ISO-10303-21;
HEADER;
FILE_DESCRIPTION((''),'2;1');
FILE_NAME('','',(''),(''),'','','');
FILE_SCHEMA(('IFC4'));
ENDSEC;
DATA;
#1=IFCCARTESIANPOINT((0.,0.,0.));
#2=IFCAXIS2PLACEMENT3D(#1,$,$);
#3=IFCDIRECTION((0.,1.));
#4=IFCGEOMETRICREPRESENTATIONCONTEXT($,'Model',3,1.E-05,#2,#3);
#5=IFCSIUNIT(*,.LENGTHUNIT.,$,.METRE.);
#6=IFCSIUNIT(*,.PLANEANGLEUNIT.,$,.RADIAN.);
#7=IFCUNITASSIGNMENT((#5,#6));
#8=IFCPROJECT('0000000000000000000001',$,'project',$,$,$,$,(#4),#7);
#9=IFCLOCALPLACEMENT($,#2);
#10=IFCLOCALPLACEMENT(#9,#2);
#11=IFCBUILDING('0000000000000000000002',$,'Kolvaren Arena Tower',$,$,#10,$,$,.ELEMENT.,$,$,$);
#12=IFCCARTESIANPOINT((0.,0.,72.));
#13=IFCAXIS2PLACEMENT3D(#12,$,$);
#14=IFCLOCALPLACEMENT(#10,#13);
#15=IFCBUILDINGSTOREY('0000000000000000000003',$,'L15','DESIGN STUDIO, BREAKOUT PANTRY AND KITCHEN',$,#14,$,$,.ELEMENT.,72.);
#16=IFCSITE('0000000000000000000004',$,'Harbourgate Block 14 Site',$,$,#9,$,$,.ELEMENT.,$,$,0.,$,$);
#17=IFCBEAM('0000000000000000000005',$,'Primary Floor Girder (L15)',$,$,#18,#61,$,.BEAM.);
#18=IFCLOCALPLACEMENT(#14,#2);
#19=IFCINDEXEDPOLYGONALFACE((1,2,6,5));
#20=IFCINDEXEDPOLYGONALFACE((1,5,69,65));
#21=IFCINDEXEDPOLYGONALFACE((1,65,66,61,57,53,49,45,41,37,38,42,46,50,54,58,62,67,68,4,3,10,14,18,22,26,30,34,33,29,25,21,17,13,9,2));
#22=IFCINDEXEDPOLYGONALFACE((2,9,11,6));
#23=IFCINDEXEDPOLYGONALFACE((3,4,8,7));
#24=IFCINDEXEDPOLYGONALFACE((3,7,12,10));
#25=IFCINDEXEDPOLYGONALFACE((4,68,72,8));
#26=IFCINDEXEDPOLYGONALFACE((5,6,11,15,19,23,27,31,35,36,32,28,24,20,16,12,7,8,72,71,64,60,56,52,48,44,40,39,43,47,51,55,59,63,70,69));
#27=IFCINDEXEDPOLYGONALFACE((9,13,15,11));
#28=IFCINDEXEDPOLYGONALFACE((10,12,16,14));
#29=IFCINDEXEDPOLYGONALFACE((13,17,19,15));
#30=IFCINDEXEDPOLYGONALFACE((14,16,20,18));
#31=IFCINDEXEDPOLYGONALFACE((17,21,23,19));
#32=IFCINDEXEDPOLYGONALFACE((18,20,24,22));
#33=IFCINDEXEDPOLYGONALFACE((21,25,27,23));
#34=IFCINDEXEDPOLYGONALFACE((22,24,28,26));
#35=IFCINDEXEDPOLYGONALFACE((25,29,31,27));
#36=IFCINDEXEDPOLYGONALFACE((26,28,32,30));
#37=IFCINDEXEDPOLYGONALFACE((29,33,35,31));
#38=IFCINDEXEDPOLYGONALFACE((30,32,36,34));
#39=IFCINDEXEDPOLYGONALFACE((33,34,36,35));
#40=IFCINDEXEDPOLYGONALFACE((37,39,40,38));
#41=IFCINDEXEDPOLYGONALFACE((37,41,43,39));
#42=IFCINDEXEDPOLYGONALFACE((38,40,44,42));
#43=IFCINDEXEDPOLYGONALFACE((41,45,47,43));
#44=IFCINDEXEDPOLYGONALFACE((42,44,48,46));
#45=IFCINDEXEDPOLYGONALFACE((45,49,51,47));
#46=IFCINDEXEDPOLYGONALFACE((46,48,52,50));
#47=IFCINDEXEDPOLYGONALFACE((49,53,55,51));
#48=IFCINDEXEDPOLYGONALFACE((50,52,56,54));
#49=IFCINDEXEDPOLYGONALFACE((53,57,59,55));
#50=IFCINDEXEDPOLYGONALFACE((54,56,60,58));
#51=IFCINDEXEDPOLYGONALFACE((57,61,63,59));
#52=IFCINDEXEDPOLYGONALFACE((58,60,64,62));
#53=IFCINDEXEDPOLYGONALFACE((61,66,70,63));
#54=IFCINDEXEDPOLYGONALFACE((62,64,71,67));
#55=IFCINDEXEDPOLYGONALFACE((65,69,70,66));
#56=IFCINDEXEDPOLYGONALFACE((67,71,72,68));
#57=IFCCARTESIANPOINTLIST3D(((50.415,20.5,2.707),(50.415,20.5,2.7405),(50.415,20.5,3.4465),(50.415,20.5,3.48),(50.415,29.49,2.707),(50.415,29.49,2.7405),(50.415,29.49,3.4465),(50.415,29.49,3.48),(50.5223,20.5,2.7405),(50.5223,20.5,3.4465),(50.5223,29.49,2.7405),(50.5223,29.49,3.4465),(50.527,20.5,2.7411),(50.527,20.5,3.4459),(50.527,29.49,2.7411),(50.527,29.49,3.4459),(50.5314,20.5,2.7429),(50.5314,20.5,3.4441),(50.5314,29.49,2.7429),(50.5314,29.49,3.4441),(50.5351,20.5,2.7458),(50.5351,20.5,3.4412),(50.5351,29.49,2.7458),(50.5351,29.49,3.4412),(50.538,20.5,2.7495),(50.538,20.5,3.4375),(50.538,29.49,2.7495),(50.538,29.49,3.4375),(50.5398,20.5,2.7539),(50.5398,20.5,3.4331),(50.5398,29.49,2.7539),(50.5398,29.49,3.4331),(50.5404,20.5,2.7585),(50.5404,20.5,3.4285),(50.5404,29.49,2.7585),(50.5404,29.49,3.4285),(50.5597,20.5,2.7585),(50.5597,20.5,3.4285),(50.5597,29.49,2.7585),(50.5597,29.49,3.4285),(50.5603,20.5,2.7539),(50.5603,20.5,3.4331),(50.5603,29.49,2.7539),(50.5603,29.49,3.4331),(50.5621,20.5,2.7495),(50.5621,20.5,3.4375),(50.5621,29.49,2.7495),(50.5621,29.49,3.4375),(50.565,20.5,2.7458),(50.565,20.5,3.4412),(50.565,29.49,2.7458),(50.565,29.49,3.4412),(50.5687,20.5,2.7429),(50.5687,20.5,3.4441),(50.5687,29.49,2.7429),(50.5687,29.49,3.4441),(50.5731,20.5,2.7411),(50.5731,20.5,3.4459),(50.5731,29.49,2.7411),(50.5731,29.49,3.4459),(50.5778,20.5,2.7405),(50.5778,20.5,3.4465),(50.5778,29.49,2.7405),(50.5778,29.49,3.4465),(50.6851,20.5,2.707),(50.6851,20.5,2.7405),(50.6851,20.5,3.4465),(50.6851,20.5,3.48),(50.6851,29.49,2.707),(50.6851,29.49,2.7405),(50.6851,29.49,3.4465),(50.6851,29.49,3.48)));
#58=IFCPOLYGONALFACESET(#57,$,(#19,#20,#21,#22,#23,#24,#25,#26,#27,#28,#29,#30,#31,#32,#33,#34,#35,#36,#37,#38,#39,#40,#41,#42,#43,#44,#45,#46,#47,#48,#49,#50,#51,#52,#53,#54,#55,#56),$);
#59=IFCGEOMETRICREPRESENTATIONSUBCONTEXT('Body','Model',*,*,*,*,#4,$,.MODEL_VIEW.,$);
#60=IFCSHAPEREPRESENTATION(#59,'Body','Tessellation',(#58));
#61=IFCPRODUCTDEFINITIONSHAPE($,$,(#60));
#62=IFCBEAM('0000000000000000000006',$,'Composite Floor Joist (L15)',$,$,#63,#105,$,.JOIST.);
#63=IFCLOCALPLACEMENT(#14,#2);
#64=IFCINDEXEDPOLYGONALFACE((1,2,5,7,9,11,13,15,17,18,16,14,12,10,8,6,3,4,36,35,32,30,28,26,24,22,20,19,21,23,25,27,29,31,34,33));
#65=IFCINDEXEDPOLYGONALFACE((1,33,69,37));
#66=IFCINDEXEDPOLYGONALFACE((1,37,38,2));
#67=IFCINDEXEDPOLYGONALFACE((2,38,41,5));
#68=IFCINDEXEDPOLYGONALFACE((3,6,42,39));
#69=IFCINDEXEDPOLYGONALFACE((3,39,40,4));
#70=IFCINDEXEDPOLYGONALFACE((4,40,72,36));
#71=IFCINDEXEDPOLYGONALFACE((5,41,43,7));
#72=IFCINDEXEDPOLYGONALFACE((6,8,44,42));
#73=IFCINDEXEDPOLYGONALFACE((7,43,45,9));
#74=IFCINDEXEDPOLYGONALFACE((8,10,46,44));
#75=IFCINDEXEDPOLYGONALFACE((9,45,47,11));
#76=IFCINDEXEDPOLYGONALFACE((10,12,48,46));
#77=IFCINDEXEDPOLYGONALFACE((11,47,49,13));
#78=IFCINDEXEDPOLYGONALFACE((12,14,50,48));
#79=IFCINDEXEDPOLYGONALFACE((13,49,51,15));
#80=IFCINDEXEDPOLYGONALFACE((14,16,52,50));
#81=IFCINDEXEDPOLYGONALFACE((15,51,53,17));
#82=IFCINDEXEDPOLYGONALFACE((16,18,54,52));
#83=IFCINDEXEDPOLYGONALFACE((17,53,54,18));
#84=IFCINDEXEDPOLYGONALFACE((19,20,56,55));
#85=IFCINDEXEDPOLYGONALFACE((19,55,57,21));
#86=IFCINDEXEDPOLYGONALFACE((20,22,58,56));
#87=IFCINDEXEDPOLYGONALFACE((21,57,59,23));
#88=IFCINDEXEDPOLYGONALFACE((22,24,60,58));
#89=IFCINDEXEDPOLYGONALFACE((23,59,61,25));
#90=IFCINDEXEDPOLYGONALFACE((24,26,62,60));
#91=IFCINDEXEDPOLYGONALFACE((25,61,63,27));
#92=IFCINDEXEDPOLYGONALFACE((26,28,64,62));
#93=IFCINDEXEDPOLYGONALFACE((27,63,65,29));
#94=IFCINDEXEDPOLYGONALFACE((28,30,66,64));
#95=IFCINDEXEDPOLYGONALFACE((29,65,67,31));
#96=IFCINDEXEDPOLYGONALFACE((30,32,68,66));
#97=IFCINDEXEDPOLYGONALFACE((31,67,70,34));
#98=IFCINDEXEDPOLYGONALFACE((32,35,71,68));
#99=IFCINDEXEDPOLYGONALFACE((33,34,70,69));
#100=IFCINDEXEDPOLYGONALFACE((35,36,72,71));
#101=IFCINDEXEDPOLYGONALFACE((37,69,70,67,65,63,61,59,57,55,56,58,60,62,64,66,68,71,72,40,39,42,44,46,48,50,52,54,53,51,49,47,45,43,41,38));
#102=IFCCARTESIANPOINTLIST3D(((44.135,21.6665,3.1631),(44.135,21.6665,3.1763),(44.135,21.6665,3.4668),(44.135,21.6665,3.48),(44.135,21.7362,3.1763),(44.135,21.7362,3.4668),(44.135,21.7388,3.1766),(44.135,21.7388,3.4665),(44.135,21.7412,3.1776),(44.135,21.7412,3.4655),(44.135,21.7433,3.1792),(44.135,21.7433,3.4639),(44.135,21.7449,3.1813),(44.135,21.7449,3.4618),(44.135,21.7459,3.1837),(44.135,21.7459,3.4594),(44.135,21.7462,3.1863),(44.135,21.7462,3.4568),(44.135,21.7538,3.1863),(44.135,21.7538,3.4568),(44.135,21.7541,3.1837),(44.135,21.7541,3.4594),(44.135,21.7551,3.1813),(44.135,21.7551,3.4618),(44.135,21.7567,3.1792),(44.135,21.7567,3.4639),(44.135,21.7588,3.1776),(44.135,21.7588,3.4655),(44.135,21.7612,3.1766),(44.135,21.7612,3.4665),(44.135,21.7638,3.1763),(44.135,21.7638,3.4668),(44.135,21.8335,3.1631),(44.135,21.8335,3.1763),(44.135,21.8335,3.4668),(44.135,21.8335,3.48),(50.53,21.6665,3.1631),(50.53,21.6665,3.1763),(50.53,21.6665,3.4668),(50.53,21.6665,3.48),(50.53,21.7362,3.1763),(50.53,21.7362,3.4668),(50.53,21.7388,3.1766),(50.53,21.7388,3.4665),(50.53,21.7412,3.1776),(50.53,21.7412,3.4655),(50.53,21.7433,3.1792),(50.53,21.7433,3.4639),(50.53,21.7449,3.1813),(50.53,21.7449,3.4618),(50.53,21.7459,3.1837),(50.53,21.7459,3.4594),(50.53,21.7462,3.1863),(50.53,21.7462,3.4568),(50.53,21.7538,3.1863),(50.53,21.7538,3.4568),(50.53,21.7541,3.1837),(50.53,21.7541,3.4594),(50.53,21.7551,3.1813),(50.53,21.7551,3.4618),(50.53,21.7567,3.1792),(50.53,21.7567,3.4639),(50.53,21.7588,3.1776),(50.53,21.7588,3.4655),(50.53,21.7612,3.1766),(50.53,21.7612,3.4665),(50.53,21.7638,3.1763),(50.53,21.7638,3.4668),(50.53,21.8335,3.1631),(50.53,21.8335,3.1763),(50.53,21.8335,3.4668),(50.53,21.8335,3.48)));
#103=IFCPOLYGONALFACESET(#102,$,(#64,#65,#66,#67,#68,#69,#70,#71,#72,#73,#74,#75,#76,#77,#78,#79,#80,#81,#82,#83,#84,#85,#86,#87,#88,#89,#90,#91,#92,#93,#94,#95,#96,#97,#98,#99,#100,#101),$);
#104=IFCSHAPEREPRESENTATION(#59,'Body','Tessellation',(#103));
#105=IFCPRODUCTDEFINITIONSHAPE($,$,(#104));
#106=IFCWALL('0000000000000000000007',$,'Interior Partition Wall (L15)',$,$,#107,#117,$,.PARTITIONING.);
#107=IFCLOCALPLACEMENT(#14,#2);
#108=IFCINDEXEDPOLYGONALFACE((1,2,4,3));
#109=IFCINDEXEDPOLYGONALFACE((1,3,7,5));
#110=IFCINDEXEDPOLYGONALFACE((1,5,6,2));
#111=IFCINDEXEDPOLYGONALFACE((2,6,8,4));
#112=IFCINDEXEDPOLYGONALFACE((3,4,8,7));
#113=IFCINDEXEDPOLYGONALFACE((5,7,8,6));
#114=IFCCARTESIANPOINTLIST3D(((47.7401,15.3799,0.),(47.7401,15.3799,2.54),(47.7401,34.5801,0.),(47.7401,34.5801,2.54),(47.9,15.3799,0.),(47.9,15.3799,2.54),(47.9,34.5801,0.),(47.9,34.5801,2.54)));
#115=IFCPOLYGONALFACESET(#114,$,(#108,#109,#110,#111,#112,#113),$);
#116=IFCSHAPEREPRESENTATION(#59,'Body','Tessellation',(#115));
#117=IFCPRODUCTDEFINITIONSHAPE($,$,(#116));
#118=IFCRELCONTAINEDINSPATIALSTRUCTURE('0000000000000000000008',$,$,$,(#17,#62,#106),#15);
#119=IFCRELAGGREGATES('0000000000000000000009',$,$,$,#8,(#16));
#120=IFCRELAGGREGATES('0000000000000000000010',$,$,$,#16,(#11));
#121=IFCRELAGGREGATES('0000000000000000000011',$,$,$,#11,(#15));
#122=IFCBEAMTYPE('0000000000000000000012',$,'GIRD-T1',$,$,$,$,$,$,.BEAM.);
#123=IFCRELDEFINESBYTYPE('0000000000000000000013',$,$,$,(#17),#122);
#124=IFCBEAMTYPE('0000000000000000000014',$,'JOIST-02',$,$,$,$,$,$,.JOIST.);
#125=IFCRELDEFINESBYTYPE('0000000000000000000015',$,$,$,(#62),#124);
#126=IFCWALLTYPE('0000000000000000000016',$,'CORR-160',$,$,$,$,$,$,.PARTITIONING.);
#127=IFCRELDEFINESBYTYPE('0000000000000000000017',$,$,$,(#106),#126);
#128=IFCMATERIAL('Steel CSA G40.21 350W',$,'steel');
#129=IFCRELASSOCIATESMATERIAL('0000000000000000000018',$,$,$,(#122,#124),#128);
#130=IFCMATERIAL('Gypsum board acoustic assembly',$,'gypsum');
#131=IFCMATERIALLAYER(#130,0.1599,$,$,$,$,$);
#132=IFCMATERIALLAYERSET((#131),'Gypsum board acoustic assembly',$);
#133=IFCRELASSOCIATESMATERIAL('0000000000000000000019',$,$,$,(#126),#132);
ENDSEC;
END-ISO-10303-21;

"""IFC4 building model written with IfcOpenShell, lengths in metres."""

from ifc_helpers import new_model, si_unit, direction, frame, frame_2d, origin, origin_2d, place, context, subcontext, project, spatial, rectangle, i_section, extrude, material, layer, layer_set, material_profile, profile_set, type_object, element, save


model = new_model("IFC4")

# Units and contexts
model_context = context("Model", 3, precision=1e-05, world=origin(), true_north=direction((0.0, 1.0)))
body_context = subcontext(model_context, "Body", "Model", "MODEL_VIEW")
ifc_project = project(units=[si_unit("LENGTHUNIT", "METRE"), si_unit("PLANEANGLEUNIT", "RADIAN")], contexts=[model_context])

# Site, building, storey
site_placement = place(None, origin())
site = spatial("IfcSite", under=ifc_project, at=site_placement, Name="Harbourgate Block 14 Site", CompositionType="ELEMENT", RefElevation=0.0)
building_placement = place(site_placement, origin())
building = spatial("IfcBuilding", under=site, at=building_placement, Name="Kolvaren Arena Tower", CompositionType="ELEMENT")
storey_placement = place(building_placement, frame((0.0, 0.0, 72.0)))
storey = spatial("IfcBuildingStorey", under=building, at=storey_placement, Name="L15", Description="DESIGN STUDIO, BREAKOUT PANTRY AND KITCHEN", CompositionType="ELEMENT", Elevation=72.0)

# Beams
ifc_material_1 = material(Name="Steel CSA G40.21 350W", Category="steel")
ifc_material_profile_1 = material_profile(ifc_material_1, i_section(OverallWidth=0.27, OverallDepth=0.7729, WebThickness=0.0193, FlangeThickness=0.0334, FilletRadius=0.0181, at=origin_2d()), Name="W760x257")
ifc_profile_set_1 = profile_set([ifc_material_profile_1], Name="Steel CSA G40.21 350W")
beam_type_1 = type_object("IfcBeamType", Name="GIRD-T1", PredefinedType="BEAM", material=ifc_profile_set_1)
beam_1_placement = place(storey_placement, frame((50.55, 20.5, 3.0935), z_axis=(0.0, 1.0, 0.0), x_axis=(-1.0, 0.0, 0.0)))
element("IfcBeam", 1, at=beam_1_placement, inside=storey, type_object=beam_type_1, Name="Primary Floor Girder (L15)", PredefinedType="BEAM", context=body_context, shape_type="SweptSolid", body=[
    extrude(i_section(OverallWidth=0.27, OverallDepth=0.7729, WebThickness=0.0193, FlangeThickness=0.0334, FilletRadius=0.0181, at=origin_2d()), origin(), (0.0, 0.0, 1.0), 8.99),
])
ifc_material_profile_2 = material_profile(ifc_material_1, i_section(OverallWidth=0.167, OverallDepth=0.3169, WebThickness=0.0076, FlangeThickness=0.0132, FilletRadius=0.01, at=origin_2d()), Name="W310x52")
ifc_profile_set_2 = profile_set([ifc_material_profile_2], Name="Steel CSA G40.21 350W")
beam_type_2 = type_object("IfcBeamType", Name="JOIST-02", PredefinedType="JOIST", material=ifc_profile_set_2)
beam_2_placement = place(storey_placement, frame((44.135, 21.75, 3.3215), z_axis=(1.0, 0.0, 0.0), x_axis=(0.0, 1.0, 0.0)))
element("IfcBeam", 2, at=beam_2_placement, inside=storey, type_object=beam_type_2, Name="Composite Floor Joist (L15)", PredefinedType="JOIST", context=body_context, shape_type="SweptSolid", body=[
    extrude(i_section(OverallWidth=0.167, OverallDepth=0.3169, WebThickness=0.0076, FlangeThickness=0.0132, FilletRadius=0.01, at=origin_2d()), origin(), (0.0, 0.0, 1.0), 6.395),
])

# Wall
ifc_material_2 = material(Name="Gypsum board acoustic assembly", Category="gypsum")
ifc_layer_1 = layer(ifc_material_2, 0.1599)
ifc_layer_set_1 = layer_set([ifc_layer_1], Name="Gypsum board acoustic assembly")
wall_type_1 = type_object("IfcWallType", Name="CORR-160", PredefinedType="PARTITIONING", material=ifc_layer_set_1)
wall_1_placement = place(storey_placement, frame((47.8201, 15.3799, 0.0), z_axis=(0.0, 0.0, 1.0), x_axis=(0.0, 1.0, 0.0)))
element("IfcWall", 3, at=wall_1_placement, inside=storey, type_object=wall_type_1, Name="Interior Partition Wall (L15)", PredefinedType="PARTITIONING", context=body_context, shape_type="SweptSolid", body=[
    extrude(rectangle(XDim=19.2002, YDim=0.1599, at=frame_2d((9.6001, 0.0))), origin(), (0.0, 0.0, 1.0), 2.54),
])

save(model, "model.ifc")
